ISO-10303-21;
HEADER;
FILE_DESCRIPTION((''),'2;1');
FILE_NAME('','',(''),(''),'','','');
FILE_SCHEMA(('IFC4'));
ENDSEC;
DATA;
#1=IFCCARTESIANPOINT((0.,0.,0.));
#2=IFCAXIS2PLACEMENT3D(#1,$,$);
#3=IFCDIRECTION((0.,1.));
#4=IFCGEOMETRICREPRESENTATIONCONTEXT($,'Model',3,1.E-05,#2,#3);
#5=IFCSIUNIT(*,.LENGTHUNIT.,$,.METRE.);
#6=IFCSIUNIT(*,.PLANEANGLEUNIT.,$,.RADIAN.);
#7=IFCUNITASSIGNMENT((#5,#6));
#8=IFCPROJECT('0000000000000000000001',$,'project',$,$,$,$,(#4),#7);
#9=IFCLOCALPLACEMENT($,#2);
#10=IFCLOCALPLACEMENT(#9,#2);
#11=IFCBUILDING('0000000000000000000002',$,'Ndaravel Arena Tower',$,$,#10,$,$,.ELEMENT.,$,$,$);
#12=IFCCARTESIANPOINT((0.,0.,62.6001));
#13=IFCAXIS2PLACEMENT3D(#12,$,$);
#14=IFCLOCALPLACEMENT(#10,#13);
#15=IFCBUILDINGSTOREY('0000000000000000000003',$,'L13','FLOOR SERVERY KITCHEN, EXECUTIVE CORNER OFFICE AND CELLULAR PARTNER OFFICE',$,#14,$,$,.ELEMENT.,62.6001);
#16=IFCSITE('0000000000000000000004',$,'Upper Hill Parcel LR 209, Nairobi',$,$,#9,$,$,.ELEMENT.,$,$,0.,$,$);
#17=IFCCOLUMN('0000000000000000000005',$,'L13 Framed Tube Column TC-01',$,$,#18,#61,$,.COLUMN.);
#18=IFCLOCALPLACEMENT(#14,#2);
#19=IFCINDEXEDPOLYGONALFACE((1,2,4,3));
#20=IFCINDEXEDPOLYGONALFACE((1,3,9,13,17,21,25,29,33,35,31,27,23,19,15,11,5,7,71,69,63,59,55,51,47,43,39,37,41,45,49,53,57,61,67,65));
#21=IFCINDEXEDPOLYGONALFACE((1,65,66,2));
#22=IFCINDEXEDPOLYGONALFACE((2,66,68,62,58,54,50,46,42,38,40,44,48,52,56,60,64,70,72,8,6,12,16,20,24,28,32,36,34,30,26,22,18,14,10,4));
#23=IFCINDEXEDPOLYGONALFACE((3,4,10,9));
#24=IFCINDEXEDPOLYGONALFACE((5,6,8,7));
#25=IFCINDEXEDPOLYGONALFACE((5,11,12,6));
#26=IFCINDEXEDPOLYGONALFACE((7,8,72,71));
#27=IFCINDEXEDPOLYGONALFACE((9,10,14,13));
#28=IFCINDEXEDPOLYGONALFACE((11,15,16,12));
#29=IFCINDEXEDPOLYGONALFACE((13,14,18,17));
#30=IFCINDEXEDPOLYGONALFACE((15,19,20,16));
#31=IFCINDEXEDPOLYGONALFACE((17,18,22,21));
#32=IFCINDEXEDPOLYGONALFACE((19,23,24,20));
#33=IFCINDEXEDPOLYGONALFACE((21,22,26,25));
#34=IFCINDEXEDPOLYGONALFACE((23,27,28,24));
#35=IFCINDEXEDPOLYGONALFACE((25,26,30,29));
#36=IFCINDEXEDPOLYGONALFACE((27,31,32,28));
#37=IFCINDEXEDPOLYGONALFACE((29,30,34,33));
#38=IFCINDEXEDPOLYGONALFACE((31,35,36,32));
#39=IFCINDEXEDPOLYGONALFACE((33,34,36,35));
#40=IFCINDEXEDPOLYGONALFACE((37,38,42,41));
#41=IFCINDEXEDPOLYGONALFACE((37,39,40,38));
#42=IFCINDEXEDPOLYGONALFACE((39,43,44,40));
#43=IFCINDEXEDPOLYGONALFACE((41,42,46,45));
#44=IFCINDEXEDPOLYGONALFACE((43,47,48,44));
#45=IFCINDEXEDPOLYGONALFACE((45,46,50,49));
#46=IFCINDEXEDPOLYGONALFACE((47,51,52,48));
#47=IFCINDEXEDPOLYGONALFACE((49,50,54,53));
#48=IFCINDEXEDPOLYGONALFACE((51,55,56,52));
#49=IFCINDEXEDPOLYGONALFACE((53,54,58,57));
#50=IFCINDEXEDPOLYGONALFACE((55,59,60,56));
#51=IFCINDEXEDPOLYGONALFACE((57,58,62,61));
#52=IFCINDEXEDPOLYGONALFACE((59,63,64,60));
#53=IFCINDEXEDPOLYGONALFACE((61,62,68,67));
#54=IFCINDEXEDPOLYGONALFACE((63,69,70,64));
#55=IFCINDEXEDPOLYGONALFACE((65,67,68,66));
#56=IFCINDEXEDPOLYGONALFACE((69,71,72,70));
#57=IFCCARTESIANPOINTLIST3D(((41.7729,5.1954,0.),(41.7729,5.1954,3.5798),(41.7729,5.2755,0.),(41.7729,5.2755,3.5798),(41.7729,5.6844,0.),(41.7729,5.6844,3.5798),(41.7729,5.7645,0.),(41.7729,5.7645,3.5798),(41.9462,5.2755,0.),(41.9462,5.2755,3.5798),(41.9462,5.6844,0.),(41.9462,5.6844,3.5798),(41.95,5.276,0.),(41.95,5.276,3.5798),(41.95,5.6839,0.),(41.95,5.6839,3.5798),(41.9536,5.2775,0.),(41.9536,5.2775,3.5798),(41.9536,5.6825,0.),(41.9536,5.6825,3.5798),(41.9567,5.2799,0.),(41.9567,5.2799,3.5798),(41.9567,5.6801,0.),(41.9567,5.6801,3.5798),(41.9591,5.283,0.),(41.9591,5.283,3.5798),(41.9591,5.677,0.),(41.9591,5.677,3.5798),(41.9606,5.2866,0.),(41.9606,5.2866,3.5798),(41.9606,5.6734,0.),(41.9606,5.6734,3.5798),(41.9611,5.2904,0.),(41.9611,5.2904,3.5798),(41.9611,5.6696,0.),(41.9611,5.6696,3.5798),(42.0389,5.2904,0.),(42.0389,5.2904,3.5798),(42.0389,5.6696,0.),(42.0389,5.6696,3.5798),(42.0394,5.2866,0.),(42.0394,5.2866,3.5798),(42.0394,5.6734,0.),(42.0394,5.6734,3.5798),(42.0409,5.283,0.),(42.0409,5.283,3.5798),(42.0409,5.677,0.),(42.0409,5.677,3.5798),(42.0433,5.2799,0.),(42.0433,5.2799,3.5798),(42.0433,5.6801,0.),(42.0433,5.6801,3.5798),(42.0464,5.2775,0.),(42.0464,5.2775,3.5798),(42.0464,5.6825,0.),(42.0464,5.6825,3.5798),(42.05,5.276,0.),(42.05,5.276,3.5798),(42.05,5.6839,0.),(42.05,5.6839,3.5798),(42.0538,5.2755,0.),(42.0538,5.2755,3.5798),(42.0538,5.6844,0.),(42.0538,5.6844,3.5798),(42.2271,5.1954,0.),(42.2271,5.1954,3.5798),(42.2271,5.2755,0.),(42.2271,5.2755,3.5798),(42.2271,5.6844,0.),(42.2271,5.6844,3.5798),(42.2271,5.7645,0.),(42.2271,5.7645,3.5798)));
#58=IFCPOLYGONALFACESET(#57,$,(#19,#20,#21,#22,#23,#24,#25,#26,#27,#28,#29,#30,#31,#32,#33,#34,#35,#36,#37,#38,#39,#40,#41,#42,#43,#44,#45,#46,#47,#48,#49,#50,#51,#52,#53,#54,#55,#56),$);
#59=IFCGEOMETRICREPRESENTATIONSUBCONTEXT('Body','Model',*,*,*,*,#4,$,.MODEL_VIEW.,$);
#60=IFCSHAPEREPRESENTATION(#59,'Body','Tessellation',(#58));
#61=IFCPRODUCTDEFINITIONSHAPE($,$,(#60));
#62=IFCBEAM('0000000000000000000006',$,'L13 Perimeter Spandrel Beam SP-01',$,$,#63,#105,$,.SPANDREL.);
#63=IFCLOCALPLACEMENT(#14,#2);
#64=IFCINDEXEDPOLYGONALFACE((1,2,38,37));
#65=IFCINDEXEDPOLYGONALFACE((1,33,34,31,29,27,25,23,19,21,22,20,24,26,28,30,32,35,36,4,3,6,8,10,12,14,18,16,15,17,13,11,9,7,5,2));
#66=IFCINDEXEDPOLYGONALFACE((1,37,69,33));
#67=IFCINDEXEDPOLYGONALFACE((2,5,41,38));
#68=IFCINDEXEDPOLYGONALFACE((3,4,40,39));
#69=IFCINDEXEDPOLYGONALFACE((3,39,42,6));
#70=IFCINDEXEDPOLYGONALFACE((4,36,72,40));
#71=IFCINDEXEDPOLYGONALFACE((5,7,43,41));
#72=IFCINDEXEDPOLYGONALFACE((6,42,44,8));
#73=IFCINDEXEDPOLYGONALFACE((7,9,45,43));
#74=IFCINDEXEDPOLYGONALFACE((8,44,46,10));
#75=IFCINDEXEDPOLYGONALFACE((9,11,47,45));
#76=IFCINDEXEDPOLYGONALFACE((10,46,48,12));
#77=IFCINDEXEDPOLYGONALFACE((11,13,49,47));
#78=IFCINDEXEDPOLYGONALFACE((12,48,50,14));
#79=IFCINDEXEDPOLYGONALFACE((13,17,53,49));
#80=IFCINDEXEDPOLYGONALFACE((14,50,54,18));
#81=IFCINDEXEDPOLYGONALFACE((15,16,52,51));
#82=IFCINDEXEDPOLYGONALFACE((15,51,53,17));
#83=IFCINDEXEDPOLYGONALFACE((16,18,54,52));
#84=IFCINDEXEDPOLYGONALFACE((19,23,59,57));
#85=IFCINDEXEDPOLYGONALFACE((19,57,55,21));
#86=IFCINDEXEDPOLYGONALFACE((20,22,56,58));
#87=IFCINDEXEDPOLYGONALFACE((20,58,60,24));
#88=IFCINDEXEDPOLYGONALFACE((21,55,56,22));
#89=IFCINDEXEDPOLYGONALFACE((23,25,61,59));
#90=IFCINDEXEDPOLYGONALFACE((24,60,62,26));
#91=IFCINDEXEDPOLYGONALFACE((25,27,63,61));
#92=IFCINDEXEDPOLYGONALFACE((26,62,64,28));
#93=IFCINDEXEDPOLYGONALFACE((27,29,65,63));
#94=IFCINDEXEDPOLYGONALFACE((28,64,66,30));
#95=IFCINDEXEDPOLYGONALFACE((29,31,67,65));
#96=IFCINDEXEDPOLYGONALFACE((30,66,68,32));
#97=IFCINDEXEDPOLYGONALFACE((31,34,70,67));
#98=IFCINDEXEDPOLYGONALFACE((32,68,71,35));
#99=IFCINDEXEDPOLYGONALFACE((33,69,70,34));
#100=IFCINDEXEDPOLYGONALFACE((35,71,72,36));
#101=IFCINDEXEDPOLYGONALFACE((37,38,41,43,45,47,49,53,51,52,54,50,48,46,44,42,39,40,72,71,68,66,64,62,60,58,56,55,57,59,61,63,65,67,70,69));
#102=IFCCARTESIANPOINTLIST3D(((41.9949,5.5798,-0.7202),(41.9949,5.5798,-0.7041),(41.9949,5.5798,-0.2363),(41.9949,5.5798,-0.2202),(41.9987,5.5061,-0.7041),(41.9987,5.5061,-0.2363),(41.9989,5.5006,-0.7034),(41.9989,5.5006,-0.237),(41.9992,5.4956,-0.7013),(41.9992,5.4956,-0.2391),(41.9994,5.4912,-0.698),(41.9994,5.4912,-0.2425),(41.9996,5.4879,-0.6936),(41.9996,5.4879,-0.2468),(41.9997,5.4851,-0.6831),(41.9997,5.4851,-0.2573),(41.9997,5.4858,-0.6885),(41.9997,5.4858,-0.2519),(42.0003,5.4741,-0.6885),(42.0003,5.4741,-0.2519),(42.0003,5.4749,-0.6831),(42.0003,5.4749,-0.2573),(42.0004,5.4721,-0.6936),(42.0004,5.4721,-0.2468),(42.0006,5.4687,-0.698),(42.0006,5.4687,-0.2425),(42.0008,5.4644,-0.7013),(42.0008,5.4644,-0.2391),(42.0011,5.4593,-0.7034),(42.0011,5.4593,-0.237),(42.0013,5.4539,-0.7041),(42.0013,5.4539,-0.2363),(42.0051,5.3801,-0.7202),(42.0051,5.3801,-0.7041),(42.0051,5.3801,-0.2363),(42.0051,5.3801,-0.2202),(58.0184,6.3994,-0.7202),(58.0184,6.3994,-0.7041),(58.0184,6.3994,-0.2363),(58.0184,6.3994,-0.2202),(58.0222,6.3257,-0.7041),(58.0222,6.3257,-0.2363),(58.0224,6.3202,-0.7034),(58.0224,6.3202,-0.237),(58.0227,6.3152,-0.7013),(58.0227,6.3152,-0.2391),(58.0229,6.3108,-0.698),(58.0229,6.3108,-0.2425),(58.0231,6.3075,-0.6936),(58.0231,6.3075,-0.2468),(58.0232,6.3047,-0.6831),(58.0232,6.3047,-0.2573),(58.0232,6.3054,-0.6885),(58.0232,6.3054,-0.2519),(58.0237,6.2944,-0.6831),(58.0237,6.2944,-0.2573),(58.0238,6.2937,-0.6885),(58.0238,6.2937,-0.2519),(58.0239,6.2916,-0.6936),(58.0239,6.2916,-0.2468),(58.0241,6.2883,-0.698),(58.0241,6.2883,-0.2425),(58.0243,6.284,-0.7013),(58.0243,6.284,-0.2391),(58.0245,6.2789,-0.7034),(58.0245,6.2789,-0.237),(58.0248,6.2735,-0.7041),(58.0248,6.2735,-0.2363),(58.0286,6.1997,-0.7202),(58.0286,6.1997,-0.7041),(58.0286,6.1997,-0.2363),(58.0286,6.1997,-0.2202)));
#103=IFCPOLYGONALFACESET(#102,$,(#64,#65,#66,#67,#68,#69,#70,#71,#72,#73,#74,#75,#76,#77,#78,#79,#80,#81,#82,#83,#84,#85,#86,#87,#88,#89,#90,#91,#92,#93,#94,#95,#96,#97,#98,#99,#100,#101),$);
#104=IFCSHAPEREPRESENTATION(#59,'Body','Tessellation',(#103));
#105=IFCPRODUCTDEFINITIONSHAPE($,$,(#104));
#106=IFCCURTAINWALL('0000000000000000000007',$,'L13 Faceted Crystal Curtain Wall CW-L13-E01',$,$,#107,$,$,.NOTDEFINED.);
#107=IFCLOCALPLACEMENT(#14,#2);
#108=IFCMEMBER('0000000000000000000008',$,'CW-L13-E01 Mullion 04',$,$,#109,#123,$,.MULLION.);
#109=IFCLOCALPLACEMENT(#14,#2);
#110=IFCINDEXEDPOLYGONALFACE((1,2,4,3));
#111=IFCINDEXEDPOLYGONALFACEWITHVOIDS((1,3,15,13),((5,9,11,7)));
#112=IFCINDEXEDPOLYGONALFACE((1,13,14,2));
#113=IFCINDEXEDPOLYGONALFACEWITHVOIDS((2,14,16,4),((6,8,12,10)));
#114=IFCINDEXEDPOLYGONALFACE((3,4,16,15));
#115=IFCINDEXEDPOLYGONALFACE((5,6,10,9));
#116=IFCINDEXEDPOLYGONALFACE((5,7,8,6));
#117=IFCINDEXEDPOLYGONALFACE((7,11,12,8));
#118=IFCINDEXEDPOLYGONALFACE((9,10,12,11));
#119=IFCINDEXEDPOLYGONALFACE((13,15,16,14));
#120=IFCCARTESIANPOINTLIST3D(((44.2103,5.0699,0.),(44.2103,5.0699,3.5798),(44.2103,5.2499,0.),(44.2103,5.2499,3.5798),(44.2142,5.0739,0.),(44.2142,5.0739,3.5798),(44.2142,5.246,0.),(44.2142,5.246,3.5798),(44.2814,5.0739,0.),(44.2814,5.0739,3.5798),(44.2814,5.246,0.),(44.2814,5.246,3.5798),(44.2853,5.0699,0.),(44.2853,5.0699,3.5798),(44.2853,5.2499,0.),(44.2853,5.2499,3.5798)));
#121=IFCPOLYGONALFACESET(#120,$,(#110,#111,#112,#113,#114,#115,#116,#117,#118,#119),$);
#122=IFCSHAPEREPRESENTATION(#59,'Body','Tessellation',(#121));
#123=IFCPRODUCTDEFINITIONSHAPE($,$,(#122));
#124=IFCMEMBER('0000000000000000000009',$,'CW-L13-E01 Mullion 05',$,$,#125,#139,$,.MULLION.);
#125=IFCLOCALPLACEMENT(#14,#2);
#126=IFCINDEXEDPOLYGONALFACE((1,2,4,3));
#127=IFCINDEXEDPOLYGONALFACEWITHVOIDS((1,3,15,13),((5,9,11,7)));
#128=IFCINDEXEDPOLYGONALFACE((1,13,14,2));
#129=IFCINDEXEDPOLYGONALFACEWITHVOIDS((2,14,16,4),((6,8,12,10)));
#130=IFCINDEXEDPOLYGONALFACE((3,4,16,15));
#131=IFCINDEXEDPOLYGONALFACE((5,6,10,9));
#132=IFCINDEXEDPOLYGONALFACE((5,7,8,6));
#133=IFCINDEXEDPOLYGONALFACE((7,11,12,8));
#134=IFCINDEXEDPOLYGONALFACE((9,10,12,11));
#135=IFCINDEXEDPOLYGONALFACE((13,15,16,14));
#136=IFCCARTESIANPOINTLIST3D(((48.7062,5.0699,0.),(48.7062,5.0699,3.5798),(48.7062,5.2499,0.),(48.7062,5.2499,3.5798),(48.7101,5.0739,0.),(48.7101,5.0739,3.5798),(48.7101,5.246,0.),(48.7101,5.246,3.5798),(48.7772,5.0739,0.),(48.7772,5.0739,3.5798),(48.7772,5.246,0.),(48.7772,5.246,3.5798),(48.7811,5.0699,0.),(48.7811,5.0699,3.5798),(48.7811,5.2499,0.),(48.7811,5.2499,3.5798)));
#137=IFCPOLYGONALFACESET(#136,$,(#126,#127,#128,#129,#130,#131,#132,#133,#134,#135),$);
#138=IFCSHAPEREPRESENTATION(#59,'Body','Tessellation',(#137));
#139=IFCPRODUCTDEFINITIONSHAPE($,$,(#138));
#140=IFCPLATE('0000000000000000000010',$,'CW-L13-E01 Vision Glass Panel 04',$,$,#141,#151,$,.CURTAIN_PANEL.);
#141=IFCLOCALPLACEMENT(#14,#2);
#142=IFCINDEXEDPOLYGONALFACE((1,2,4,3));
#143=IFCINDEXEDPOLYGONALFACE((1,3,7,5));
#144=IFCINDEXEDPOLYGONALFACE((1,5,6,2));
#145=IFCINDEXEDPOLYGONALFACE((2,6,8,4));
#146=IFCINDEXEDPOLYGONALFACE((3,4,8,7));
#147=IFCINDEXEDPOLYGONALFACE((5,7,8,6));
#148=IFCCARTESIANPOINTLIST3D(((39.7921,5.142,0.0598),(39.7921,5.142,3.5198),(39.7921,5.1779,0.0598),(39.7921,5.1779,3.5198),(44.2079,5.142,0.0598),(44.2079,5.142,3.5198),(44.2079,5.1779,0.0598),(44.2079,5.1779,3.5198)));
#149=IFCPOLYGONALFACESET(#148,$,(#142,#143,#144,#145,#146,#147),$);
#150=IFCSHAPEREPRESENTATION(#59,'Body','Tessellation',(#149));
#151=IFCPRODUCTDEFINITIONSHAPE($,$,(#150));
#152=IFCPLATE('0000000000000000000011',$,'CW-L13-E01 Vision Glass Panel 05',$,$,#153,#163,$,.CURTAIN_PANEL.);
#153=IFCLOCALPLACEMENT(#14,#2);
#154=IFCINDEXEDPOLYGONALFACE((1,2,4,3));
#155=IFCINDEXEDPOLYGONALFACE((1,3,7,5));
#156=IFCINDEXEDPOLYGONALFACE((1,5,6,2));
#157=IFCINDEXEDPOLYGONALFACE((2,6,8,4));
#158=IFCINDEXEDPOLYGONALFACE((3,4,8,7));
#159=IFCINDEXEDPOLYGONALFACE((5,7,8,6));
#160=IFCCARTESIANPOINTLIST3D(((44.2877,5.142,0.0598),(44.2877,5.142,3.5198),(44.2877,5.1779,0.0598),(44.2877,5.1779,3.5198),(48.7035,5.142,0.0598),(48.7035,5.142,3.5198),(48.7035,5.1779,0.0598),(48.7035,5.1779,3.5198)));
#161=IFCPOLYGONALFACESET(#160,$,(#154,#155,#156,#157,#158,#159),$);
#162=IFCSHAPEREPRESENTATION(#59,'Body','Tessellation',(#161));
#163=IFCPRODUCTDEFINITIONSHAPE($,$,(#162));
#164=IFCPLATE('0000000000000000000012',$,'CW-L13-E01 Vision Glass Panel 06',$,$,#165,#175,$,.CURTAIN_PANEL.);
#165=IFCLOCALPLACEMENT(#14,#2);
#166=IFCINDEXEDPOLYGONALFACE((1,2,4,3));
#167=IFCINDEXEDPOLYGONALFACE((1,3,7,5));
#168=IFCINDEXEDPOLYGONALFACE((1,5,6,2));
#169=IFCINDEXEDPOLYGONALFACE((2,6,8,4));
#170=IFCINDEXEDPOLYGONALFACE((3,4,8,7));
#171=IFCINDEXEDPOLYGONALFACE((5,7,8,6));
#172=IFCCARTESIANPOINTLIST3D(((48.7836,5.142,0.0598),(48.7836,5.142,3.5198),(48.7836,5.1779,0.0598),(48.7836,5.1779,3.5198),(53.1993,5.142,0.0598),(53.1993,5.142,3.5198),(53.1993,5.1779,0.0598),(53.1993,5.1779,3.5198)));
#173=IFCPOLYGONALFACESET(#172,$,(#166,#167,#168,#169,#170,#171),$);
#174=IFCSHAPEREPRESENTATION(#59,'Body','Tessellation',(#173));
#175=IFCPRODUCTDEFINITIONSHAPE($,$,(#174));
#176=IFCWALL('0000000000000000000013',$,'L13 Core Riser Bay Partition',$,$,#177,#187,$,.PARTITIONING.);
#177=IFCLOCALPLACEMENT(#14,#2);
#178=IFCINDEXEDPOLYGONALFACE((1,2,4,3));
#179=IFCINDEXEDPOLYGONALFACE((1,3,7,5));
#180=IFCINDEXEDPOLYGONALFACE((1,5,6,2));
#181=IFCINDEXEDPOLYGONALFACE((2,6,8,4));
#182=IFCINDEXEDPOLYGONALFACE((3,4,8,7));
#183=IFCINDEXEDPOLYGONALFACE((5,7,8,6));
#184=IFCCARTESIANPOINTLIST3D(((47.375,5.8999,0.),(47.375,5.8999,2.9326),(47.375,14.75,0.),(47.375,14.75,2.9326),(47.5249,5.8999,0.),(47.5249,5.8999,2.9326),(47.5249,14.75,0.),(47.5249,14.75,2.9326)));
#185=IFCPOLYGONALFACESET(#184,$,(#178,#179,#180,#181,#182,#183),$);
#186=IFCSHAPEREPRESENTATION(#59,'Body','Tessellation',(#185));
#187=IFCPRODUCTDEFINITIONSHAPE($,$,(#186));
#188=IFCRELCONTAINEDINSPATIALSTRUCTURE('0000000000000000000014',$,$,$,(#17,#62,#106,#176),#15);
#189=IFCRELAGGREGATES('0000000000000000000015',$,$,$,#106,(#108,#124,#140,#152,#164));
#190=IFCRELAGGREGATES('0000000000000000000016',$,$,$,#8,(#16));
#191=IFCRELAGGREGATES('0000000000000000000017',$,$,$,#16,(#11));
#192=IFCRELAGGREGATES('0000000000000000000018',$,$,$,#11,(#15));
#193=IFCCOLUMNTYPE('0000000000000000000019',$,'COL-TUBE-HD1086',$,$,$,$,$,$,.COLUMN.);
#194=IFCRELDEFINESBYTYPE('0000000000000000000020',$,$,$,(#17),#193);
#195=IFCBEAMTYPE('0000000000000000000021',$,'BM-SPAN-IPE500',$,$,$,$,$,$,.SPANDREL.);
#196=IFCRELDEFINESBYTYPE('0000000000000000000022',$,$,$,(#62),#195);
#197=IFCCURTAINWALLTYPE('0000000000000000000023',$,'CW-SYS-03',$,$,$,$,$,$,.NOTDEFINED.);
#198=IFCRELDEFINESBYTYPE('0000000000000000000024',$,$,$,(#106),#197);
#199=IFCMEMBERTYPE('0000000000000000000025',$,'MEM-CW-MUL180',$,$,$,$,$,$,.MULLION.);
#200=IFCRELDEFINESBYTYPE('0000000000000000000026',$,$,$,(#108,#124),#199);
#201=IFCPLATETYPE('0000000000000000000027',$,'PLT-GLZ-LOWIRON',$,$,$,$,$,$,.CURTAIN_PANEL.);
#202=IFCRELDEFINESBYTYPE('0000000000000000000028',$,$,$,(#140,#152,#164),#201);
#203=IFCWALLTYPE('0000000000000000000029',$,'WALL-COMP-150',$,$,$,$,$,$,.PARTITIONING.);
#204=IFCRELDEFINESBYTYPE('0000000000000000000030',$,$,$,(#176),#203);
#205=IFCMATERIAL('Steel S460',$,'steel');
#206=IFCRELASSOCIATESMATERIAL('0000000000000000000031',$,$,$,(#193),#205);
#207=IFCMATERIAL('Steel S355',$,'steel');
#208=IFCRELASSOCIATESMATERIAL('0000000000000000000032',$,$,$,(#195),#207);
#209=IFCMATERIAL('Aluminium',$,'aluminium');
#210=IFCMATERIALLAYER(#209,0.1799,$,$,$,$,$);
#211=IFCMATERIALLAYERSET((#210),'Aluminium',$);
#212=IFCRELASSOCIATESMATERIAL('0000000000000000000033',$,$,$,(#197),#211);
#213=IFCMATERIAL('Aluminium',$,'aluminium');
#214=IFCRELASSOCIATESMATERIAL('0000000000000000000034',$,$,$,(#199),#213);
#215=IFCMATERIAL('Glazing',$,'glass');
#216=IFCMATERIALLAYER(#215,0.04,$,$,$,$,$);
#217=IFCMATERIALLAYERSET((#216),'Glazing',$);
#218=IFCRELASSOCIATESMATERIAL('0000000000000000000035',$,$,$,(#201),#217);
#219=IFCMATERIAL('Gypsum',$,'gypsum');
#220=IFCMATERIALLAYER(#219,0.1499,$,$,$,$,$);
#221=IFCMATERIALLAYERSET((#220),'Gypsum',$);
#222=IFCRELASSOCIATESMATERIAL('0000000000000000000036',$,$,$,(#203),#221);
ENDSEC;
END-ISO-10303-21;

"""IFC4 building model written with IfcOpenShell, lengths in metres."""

from ifc_helpers import new_model, si_unit, direction, frame, frame_2d, origin, origin_2d, place, context, subcontext, project, spatial, rectangle, hollow_rectangle, i_section, extrude, material, layer, layer_set, material_profile, profile_set, type_object, element, aggregate, save


model = new_model("IFC4")

# Units and contexts
model_context = context("Model", 3, precision=1e-05, world=origin(), true_north=direction((0.0, 1.0)))
body_context = subcontext(model_context, "Body", "Model", "MODEL_VIEW")
ifc_project = project(units=[si_unit("LENGTHUNIT", "METRE"), si_unit("PLANEANGLEUNIT", "RADIAN")], contexts=[model_context])

# Site, building, storey
site_placement = place(None, origin())
site = spatial("IfcSite", under=ifc_project, at=site_placement, Name="Upper Hill Parcel LR 209, Nairobi", CompositionType="ELEMENT", RefElevation=0.0)
building_placement = place(site_placement, origin())
building = spatial("IfcBuilding", under=site, at=building_placement, Name="Ndaravel Arena Tower", CompositionType="ELEMENT")
storey_placement = place(building_placement, frame((0.0, 0.0, 62.6001)))
storey = spatial("IfcBuildingStorey", under=building, at=storey_placement, Name="L13", Description="FLOOR SERVERY KITCHEN, EXECUTIVE CORNER OFFICE AND CELLULAR PARTNER OFFICE", CompositionType="ELEMENT", Elevation=62.6001)

# Column
ifc_material_1 = material(Name="Steel S460", Category="steel")
ifc_material_profile_1 = material_profile(ifc_material_1, i_section(OverallWidth=0.4541, OverallDepth=0.5691, WebThickness=0.0779, FlangeThickness=0.0801, FilletRadius=0.0149, at=origin_2d()), Name="HD 400x1086")
ifc_profile_set_1 = profile_set([ifc_material_profile_1], Name="Steel S460")
column_type = type_object("IfcColumnType", Name="COL-TUBE-HD1086", PredefinedType="COLUMN", material=ifc_profile_set_1)
column_placement = place(storey_placement, frame((42.0, 5.48, 0.0), z_axis=(0.0, 0.0, 1.0), x_axis=(1.0, 0.0, 0.0)))
element("IfcColumn", 1, at=column_placement, inside=storey, type_object=column_type, Name="L13 Framed Tube Column TC-01", PredefinedType="COLUMN", context=body_context, shape_type="SweptSolid", body=[
    extrude(i_section(OverallWidth=0.4541, OverallDepth=0.5691, WebThickness=0.0779, FlangeThickness=0.0801, FilletRadius=0.0149, at=origin_2d()), origin(), (0.0, 0.0, 1.0), 3.5798),
])

# Beam
ifc_material_2 = material(Name="Steel S355", Category="steel")
ifc_material_profile_2 = material_profile(ifc_material_2, i_section(OverallWidth=0.2, OverallDepth=0.5, WebThickness=0.0103, FlangeThickness=0.0161, FilletRadius=0.021, at=origin_2d()), Name="IPE 500")
ifc_profile_set_2 = profile_set([ifc_material_profile_2], Name="Steel S355")
beam_type = type_object("IfcBeamType", Name="BM-SPAN-IPE500", PredefinedType="SPANDREL", material=ifc_profile_set_2)
beam_placement = place(storey_placement, frame((42.0, 5.48, -0.4702), z_axis=(0.998694, 0.051082, 0.0), x_axis=(-0.051082, 0.998694, 0.0)))
element("IfcBeam", 2, at=beam_placement, inside=storey, type_object=beam_type, Name="L13 Perimeter Spandrel Beam SP-01", PredefinedType="SPANDREL", context=body_context, shape_type="SweptSolid", body=[
    extrude(i_section(OverallWidth=0.2, OverallDepth=0.5, WebThickness=0.0103, FlangeThickness=0.0161, FilletRadius=0.021, at=origin_2d()), origin(), (0.0, 0.0, 1.0), 16.0444),
])

# Curtain wall, members, plates
ifc_material_3 = material(Name="Aluminium", Category="aluminium")
ifc_layer_1 = layer(ifc_material_3, 0.1799)
ifc_layer_set_1 = layer_set([ifc_layer_1], Name="Aluminium")
curtain_wall_type = type_object("IfcCurtainWallType", Name="CW-SYS-03", PredefinedType="NOTDEFINED", material=ifc_layer_set_1)
curtain_wall_placement = place(storey_placement, origin())
curtain_wall = element("IfcCurtainWall", 3, at=curtain_wall_placement, inside=storey, type_object=curtain_wall_type, Name="L13 Faceted Crystal Curtain Wall CW-L13-E01", PredefinedType="NOTDEFINED")
ifc_material_4 = material(Name="Aluminium", Category="aluminium")
ifc_material_profile_3 = material_profile(ifc_material_4, hollow_rectangle(XDim=0.075, YDim=0.1799, WallThickness=0.0039, at=origin_2d()), Name="CW MULLION 75x180x4")
ifc_profile_set_3 = profile_set([ifc_material_profile_3], Name="Aluminium")
member_type = type_object("IfcMemberType", Name="MEM-CW-MUL180", PredefinedType="MULLION", material=ifc_profile_set_3)
member_1_placement = place(storey_placement, frame((44.2478, 5.1599, 0.0), z_axis=(0.0, 0.0, 1.0), x_axis=(1.0, 0.0, 0.0)))
member_1 = element("IfcMember", 4, at=member_1_placement, type_object=member_type, Name="CW-L13-E01 Mullion 04", PredefinedType="MULLION", context=body_context, shape_type="SweptSolid", body=[
    extrude(hollow_rectangle(XDim=0.075, YDim=0.1799, WallThickness=0.0039, at=origin_2d()), origin(), (0.0, 0.0, 1.0), 3.5798),
])
member_2_placement = place(storey_placement, frame((48.7437, 5.1599, 0.0), z_axis=(0.0, 0.0, 1.0), x_axis=(1.0, 0.0, 0.0)))
member_2 = element("IfcMember", 5, at=member_2_placement, type_object=member_type, Name="CW-L13-E01 Mullion 05", PredefinedType="MULLION", context=body_context, shape_type="SweptSolid", body=[
    extrude(hollow_rectangle(XDim=0.075, YDim=0.1799, WallThickness=0.0039, at=origin_2d()), origin(), (0.0, 0.0, 1.0), 3.5798),
])
ifc_material_5 = material(Name="Glazing", Category="glass")
ifc_layer_2 = layer(ifc_material_5, 0.04)
ifc_layer_set_2 = layer_set([ifc_layer_2], Name="Glazing")
plate_type = type_object("IfcPlateType", Name="PLT-GLZ-LOWIRON", PredefinedType="CURTAIN_PANEL", material=ifc_layer_set_2)
plate_1_placement = place(storey_placement, frame((42.0, 5.1599, 0.0598), z_axis=(0.0, 0.0, 1.0), x_axis=(1.0, 0.0, 0.0)))
plate_1 = element("IfcPlate", 6, at=plate_1_placement, type_object=plate_type, Name="CW-L13-E01 Vision Glass Panel 04", PredefinedType="CURTAIN_PANEL", context=body_context, shape_type="SweptSolid", body=[
    extrude(rectangle(XDim=4.4158, YDim=0.0359, at=origin_2d()), origin(), (0.0, 0.0, 1.0), 3.46),
])
plate_2_placement = place(storey_placement, frame((46.4956, 5.1599, 0.0598), z_axis=(0.0, 0.0, 1.0), x_axis=(1.0, 0.0, 0.0)))
plate_2 = element("IfcPlate", 7, at=plate_2_placement, type_object=plate_type, Name="CW-L13-E01 Vision Glass Panel 05", PredefinedType="CURTAIN_PANEL", context=body_context, shape_type="SweptSolid", body=[
    extrude(rectangle(XDim=4.4158, YDim=0.0359, at=origin_2d()), origin(), (0.0, 0.0, 1.0), 3.46),
])
plate_3_placement = place(storey_placement, frame((50.9915, 5.1599, 0.0598), z_axis=(0.0, 0.0, 1.0), x_axis=(1.0, 0.0, 0.0)))
plate_3 = element("IfcPlate", 8, at=plate_3_placement, type_object=plate_type, Name="CW-L13-E01 Vision Glass Panel 06", PredefinedType="CURTAIN_PANEL", context=body_context, shape_type="SweptSolid", body=[
    extrude(rectangle(XDim=4.4158, YDim=0.0359, at=origin_2d()), origin(), (0.0, 0.0, 1.0), 3.46),
])
aggregate(curtain_wall, [member_1, member_2, plate_1, plate_2, plate_3])

# Wall
ifc_material_6 = material(Name="Gypsum", Category="gypsum")
ifc_layer_3 = layer(ifc_material_6, 0.1499)
ifc_layer_set_3 = layer_set([ifc_layer_3], Name="Gypsum")
wall_type_1 = type_object("IfcWallType", Name="WALL-COMP-150", PredefinedType="PARTITIONING", material=ifc_layer_set_3)
wall_1_placement = place(storey_placement, frame((47.45, 5.8999, 0.0), z_axis=(0.0, 0.0, 1.0), x_axis=(0.0, 1.0, 0.0)))
element("IfcWall", 9, at=wall_1_placement, inside=storey, type_object=wall_type_1, Name="L13 Core Riser Bay Partition", PredefinedType="PARTITIONING", context=body_context, shape_type="SweptSolid", body=[
    extrude(rectangle(XDim=8.8501, YDim=0.1499, at=frame_2d((4.425, 0.0))), origin(), (0.0, 0.0, 1.0), 2.9326),
])

save(model, "model.ifc")
